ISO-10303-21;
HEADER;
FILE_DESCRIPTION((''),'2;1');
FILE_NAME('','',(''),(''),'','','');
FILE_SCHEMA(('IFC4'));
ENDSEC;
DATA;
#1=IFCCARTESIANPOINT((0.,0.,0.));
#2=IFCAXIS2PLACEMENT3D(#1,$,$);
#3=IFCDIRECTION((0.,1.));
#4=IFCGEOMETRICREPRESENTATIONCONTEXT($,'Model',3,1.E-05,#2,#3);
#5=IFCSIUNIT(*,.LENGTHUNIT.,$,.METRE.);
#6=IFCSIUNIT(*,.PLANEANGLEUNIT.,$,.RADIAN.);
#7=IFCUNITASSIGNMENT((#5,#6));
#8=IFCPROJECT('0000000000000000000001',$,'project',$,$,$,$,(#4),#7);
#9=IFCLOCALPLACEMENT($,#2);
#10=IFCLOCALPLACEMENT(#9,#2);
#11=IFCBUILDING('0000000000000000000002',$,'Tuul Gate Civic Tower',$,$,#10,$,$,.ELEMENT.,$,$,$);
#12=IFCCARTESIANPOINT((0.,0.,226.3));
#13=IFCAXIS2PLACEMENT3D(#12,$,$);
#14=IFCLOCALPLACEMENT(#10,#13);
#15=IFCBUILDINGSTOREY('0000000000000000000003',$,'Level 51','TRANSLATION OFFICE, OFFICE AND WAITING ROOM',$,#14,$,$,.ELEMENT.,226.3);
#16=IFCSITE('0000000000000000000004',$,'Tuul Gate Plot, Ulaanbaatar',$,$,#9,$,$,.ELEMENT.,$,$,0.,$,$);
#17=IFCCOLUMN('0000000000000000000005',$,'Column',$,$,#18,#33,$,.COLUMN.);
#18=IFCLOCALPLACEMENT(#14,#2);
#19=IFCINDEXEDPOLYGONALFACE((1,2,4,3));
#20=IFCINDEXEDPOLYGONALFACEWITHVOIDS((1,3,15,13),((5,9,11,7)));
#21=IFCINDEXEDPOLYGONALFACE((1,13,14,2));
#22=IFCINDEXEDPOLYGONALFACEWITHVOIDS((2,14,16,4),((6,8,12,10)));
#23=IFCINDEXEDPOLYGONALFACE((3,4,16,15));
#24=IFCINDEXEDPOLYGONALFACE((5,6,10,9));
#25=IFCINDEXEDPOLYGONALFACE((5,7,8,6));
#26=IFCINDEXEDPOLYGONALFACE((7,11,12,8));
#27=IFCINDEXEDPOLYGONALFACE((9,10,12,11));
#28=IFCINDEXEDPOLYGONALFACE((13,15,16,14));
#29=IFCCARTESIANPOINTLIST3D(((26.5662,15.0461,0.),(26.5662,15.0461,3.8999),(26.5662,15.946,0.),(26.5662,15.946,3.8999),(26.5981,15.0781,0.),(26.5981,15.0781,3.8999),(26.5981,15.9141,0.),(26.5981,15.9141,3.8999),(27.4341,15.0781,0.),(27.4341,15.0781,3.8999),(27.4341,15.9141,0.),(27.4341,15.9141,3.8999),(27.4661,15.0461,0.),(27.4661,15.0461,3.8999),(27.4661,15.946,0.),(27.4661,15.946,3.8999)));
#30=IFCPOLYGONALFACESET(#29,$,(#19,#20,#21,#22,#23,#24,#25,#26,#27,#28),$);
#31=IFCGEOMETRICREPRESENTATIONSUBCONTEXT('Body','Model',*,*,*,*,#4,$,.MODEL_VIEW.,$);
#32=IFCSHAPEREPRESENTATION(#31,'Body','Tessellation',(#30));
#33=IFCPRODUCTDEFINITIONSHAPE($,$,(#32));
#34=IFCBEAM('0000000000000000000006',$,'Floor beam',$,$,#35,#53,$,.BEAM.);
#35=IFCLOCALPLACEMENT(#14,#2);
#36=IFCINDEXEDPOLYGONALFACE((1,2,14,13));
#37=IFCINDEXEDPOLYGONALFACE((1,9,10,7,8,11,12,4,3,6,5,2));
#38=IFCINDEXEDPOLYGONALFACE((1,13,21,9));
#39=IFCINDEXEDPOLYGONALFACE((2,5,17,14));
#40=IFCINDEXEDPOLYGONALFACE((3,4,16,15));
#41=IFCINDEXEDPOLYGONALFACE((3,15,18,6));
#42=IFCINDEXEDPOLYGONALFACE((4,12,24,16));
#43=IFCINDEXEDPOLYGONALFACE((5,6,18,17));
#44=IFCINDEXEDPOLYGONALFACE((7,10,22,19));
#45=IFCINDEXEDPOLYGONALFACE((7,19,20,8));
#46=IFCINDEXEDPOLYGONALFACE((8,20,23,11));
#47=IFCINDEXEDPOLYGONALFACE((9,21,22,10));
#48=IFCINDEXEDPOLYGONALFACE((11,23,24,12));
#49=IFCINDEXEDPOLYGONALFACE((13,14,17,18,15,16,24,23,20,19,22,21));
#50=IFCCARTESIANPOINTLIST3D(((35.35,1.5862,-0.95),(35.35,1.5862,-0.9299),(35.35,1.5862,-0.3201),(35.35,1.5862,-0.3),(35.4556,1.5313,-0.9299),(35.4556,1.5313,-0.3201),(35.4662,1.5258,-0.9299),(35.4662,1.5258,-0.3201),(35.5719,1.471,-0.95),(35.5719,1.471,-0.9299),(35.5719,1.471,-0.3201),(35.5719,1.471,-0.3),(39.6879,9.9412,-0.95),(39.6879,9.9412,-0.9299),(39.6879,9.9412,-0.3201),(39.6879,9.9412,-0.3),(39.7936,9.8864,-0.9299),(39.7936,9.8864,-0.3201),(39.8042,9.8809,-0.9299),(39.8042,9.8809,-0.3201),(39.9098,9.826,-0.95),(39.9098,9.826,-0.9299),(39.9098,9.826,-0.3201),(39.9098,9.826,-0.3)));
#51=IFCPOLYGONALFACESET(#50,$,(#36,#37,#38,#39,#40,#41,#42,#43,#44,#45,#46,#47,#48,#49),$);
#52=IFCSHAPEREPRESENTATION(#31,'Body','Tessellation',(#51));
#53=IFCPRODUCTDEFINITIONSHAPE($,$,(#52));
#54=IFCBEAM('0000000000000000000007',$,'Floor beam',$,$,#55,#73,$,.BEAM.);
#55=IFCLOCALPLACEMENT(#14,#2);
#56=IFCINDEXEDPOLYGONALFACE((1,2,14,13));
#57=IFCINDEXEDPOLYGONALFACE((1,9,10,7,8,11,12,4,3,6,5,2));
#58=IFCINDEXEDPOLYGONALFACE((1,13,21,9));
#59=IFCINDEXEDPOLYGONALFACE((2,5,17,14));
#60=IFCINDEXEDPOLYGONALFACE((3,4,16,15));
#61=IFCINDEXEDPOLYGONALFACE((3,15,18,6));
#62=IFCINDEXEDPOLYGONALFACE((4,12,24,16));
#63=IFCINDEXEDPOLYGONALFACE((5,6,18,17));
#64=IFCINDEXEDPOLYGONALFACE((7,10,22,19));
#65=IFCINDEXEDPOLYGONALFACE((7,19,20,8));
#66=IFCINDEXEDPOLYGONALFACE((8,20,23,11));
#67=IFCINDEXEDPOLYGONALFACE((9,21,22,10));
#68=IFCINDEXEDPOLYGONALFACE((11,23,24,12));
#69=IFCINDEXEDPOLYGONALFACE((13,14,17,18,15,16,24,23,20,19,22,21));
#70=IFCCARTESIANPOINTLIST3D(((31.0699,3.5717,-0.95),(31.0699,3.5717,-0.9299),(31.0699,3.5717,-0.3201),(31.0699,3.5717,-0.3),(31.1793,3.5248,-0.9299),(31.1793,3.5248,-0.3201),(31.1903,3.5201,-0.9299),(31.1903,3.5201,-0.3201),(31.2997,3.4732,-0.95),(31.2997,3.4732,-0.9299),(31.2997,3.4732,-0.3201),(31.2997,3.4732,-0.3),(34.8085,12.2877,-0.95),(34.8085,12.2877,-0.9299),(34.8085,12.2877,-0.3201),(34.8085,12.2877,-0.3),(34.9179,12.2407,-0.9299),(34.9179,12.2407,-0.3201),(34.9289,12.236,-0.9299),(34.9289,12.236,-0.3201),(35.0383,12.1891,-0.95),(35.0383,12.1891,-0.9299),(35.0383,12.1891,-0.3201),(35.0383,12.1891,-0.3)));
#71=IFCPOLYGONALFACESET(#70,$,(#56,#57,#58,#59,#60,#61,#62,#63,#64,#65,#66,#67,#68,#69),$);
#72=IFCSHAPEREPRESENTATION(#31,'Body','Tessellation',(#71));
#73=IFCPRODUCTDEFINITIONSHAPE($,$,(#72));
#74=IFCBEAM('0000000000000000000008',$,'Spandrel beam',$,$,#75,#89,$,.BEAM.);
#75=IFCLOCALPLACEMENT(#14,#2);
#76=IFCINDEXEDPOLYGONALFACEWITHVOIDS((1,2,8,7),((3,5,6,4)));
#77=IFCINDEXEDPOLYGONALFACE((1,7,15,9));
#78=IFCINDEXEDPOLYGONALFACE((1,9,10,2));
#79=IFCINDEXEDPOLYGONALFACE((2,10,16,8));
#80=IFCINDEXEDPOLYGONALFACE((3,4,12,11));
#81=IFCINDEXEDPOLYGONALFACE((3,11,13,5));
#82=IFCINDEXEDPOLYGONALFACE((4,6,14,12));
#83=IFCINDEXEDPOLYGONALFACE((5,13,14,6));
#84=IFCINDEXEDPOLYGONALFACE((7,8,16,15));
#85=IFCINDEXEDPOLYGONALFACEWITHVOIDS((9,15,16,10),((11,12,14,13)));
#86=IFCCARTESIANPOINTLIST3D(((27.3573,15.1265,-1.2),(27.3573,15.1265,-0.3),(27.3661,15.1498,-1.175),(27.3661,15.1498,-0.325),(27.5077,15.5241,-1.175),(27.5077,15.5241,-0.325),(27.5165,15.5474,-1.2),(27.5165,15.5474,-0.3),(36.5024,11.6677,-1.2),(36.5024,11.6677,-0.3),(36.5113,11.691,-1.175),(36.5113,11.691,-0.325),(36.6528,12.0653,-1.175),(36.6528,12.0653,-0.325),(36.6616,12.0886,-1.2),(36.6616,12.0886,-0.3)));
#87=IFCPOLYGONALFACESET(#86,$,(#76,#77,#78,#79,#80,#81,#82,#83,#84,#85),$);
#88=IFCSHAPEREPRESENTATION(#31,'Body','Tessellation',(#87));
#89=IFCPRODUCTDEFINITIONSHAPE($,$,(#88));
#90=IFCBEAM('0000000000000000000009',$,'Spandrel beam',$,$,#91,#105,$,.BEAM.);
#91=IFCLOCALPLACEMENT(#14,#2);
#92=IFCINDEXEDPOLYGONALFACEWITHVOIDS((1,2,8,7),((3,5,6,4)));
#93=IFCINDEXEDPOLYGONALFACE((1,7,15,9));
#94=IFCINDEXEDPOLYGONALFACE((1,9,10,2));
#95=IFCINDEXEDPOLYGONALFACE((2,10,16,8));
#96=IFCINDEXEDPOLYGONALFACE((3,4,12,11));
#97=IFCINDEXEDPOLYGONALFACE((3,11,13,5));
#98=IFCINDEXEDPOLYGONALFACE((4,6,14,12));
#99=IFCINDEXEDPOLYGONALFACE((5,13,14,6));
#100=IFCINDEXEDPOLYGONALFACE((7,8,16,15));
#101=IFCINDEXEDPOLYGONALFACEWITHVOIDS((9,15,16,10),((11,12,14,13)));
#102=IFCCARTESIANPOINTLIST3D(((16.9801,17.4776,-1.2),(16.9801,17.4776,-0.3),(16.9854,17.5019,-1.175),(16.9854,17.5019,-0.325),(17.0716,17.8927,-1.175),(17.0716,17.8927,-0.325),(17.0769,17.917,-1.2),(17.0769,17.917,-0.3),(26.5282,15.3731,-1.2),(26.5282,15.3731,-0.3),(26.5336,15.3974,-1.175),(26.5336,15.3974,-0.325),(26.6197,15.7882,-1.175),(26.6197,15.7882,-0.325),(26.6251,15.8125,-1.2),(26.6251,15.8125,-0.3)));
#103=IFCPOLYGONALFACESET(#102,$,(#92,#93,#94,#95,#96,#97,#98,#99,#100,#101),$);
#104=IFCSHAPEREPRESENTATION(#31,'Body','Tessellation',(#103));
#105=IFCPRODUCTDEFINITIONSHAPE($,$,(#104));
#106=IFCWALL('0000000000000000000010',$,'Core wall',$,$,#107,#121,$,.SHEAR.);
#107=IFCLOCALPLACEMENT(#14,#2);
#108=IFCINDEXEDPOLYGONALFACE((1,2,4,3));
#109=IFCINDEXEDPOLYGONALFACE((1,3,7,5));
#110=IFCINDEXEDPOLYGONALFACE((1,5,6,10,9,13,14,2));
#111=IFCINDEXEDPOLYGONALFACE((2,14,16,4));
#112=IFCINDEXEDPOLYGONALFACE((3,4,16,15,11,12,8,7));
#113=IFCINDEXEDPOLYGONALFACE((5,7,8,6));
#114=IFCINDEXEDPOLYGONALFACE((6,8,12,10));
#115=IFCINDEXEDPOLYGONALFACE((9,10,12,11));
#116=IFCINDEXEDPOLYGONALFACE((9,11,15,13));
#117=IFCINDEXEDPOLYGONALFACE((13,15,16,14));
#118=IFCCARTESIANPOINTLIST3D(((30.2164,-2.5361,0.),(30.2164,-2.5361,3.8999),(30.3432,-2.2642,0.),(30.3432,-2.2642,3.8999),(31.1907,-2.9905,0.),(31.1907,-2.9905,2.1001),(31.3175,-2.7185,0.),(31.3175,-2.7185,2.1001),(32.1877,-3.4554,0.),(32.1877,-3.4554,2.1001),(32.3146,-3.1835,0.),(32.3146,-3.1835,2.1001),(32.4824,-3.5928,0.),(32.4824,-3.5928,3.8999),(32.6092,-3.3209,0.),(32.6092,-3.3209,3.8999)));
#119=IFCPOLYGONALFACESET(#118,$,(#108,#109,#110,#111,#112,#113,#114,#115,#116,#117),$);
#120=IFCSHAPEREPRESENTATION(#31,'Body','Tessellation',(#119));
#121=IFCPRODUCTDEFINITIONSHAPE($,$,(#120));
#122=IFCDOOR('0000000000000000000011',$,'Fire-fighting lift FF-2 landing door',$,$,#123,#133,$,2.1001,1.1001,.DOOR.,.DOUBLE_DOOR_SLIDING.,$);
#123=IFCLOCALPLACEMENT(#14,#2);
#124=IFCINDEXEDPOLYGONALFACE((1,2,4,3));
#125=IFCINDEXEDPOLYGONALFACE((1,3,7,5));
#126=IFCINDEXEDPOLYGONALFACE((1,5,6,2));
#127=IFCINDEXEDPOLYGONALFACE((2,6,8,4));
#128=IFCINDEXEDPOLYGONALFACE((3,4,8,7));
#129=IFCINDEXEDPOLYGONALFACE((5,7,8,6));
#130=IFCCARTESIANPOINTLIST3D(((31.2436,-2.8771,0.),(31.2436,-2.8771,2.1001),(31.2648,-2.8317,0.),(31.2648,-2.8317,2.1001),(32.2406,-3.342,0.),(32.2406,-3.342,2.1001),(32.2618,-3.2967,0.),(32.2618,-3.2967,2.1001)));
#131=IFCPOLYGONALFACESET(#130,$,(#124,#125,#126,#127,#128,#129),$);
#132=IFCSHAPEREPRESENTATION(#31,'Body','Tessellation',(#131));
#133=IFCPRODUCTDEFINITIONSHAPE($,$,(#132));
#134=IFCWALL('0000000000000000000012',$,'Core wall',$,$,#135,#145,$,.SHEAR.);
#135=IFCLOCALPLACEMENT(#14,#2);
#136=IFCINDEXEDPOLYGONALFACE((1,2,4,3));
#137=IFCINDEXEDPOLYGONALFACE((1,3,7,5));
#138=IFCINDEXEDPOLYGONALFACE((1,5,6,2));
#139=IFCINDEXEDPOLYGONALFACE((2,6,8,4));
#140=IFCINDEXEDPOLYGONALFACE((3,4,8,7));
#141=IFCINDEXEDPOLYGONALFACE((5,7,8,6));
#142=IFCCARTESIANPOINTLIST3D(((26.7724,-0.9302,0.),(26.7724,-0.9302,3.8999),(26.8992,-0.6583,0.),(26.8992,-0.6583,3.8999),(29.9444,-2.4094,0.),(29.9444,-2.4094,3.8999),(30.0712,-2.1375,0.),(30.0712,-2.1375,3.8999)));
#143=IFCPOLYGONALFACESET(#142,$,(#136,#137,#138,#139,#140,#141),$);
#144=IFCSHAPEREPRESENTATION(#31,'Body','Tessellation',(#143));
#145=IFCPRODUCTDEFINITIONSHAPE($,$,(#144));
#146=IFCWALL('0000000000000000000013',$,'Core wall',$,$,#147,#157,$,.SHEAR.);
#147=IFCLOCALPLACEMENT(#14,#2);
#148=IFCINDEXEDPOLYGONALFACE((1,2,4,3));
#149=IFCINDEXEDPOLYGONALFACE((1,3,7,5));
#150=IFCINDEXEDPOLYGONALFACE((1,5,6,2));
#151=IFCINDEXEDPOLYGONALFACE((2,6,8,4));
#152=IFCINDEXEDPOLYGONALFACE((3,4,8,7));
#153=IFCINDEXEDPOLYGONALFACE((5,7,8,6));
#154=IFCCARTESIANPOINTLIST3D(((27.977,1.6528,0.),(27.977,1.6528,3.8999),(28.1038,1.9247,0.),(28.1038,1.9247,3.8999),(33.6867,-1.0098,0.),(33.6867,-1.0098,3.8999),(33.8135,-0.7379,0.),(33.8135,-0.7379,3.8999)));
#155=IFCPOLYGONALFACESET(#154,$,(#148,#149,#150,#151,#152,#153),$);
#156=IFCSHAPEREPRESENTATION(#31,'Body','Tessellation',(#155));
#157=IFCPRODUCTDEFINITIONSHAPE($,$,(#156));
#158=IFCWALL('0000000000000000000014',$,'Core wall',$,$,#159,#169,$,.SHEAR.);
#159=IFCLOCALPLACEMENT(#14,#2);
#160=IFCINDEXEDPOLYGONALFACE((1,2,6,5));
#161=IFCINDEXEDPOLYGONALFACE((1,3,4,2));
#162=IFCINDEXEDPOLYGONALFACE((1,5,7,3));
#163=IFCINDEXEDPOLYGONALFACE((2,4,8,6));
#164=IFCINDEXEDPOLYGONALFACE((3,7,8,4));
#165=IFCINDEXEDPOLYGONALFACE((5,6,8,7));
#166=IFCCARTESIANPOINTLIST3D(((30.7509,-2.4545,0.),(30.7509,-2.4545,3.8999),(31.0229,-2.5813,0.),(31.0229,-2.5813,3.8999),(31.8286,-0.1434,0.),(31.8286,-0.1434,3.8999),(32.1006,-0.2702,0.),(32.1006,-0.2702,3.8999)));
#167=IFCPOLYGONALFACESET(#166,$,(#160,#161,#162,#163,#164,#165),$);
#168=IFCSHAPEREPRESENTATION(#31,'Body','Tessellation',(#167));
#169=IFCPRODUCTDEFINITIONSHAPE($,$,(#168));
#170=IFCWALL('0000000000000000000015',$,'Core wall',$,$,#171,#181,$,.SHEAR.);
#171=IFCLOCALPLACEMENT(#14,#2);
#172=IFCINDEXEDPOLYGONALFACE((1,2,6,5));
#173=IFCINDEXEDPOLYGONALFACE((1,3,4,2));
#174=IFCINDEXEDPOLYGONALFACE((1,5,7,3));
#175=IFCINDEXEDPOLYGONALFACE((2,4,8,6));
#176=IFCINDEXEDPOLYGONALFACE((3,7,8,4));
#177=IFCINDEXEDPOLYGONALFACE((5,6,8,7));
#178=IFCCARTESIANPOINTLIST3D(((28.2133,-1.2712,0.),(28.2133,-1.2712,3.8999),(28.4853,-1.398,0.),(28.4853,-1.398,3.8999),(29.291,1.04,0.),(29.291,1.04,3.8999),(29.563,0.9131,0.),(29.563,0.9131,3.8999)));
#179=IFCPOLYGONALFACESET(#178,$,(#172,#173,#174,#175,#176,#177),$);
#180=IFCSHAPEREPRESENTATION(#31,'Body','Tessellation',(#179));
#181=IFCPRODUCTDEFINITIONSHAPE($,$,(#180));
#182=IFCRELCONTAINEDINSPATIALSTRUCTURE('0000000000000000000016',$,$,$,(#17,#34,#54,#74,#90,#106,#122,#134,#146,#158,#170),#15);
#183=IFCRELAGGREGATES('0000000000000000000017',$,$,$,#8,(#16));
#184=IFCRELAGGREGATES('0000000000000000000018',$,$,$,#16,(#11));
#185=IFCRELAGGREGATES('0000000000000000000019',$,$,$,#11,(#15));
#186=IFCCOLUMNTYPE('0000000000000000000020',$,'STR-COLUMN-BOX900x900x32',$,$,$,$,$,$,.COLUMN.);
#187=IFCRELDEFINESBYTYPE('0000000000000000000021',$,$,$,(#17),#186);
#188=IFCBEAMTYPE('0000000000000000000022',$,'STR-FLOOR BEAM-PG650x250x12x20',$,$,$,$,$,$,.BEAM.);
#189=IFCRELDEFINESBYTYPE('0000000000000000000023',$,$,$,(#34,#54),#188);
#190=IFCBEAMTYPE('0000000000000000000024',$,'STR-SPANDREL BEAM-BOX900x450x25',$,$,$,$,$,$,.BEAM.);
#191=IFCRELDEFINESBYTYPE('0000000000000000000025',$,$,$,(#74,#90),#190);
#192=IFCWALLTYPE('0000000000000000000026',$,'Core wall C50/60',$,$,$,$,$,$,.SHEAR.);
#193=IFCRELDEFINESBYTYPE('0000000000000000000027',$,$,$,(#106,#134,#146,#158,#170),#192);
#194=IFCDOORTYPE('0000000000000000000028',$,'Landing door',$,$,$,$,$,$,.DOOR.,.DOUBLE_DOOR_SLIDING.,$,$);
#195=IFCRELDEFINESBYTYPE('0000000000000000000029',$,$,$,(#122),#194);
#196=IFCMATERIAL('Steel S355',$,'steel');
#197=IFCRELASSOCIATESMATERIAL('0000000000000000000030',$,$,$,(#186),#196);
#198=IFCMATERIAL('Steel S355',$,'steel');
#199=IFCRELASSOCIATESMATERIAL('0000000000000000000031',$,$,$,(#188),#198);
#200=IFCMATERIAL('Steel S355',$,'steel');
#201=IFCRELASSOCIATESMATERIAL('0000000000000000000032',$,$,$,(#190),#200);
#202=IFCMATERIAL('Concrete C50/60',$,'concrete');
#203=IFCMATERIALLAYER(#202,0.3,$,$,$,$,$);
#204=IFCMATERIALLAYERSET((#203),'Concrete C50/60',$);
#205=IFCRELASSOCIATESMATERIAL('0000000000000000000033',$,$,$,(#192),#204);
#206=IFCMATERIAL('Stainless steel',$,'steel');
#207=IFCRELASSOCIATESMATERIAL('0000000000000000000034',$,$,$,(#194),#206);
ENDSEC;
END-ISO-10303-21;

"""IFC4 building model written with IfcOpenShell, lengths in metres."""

from ifc_helpers import new_model, si_unit, direction, frame, frame_2d, origin, origin_2d, place, context, subcontext, project, spatial, rectangle, hollow_rectangle, i_section, extrude, material, layer, layer_set, material_profile, profile_set, type_object, element, fill, save


model = new_model("IFC4")

# Units and contexts
model_context = context("Model", 3, precision=1e-05, world=origin(), true_north=direction((0.0, 1.0)))
body_context = subcontext(model_context, "Body", "Model", "MODEL_VIEW")
ifc_project = project(units=[si_unit("LENGTHUNIT", "METRE"), si_unit("PLANEANGLEUNIT", "RADIAN")], contexts=[model_context])

# Site, building, storey
site_placement = place(None, origin())
site = spatial("IfcSite", under=ifc_project, at=site_placement, Name="Tuul Gate Plot, Ulaanbaatar", CompositionType="ELEMENT", RefElevation=0.0)
building_placement = place(site_placement, origin())
building = spatial("IfcBuilding", under=site, at=building_placement, Name="Tuul Gate Civic Tower", CompositionType="ELEMENT")
storey_placement = place(building_placement, frame((0.0, 0.0, 226.3)))
storey = spatial("IfcBuildingStorey", under=building, at=storey_placement, Name="Level 51", Description="TRANSLATION OFFICE, OFFICE AND WAITING ROOM", CompositionType="ELEMENT", Elevation=226.3)

# Column
ifc_material_1 = material(Name="Steel S355", Category="steel")
ifc_material_profile_1 = material_profile(ifc_material_1, hollow_rectangle(XDim=0.8999, YDim=0.8999, WallThickness=0.032, at=origin_2d()), Name="BOX900x900x32")
ifc_profile_set_1 = profile_set([ifc_material_profile_1], Name="Steel S355")
column_type = type_object("IfcColumnType", Name="STR-COLUMN-BOX900x900x32", PredefinedType="COLUMN", material=ifc_profile_set_1)
column_placement = place(storey_placement, frame((27.0161, 15.4961, 0.0), z_axis=(0.0, 0.0, 1.0), x_axis=(1.0, 0.0, 0.0)))
element("IfcColumn", 1, at=column_placement, inside=storey, type_object=column_type, Name="Column", PredefinedType="COLUMN", context=body_context, shape_type="SweptSolid", body=[
    extrude(hollow_rectangle(XDim=0.8999, YDim=0.8999, WallThickness=0.032, at=origin_2d()), origin(), (0.0, 0.0, 1.0), 3.8999),
])

# Beams
ifc_material_2 = material(Name="Steel S355", Category="steel")
ifc_material_profile_2 = material_profile(ifc_material_2, i_section(OverallWidth=0.25, OverallDepth=0.6499, WebThickness=0.012, FlangeThickness=0.02, at=origin_2d()), Name="PG650x250x12x20")
ifc_profile_set_2 = profile_set([ifc_material_profile_2], Name="Steel S355")
beam_type_1 = type_object("IfcBeamType", Name="STR-FLOOR BEAM-PG650x250x12x20", PredefinedType="BEAM", material=ifc_profile_set_2)
beam_1_placement = place(storey_placement, frame((35.4609, 1.5286, -0.625), z_axis=(0.460792, 0.887508, 0.0), x_axis=(-0.887508, 0.460792, 0.0)))
element("IfcBeam", 2, at=beam_1_placement, inside=storey, type_object=beam_type_1, Name="Floor beam", PredefinedType="BEAM", context=body_context, shape_type="SweptSolid", body=[
    extrude(i_section(OverallWidth=0.25, OverallDepth=0.6499, WebThickness=0.012, FlangeThickness=0.02, at=origin_2d()), origin(), (0.0, 0.0, 1.0), 9.4141),
])
beam_2_placement = place(storey_placement, frame((31.1848, 3.5225, -0.625), z_axis=(0.394202, 0.919024, 0.0), x_axis=(-0.919024, 0.394202, 0.0)))
element("IfcBeam", 3, at=beam_2_placement, inside=storey, type_object=beam_type_1, Name="Floor beam", PredefinedType="BEAM", context=body_context, shape_type="SweptSolid", body=[
    extrude(i_section(OverallWidth=0.25, OverallDepth=0.6499, WebThickness=0.012, FlangeThickness=0.02, at=origin_2d()), origin(), (0.0, 0.0, 1.0), 9.4839),
])
ifc_material_3 = material(Name="Steel S355", Category="steel")
ifc_material_profile_3 = material_profile(ifc_material_3, hollow_rectangle(XDim=0.45, YDim=0.8999, WallThickness=0.0249, at=origin_2d()), Name="BOX900x450x25")
ifc_profile_set_3 = profile_set([ifc_material_profile_3], Name="Steel S355")
beam_type_2 = type_object("IfcBeamType", Name="STR-SPANDREL BEAM-BOX900x450x25", PredefinedType="BEAM", material=ifc_profile_set_3)
for number, where, z_axis, x_axis, name in (
    (4, (36.582, 11.8782, -0.75), (-0.935338, 0.353755, 0.0), (-0.353755, -0.935338, 0.0), "Spandrel beam"),
    (5, (26.5767, 15.5928, -0.75), (-0.97656, 0.215243, 0.0), (-0.215243, -0.97656, 0.0), "Spandrel beam"),
):
    element("IfcBeam", number, at=place(storey_placement, frame(where, z_axis=z_axis, x_axis=x_axis)), inside=storey, type_object=beam_type_2, Name=name, PredefinedType="BEAM", context=body_context, shape_type="SweptSolid", body=[
        extrude(hollow_rectangle(XDim=0.45, YDim=0.8999, WallThickness=0.0249, at=origin_2d()), origin(), (0.0, 0.0, 1.0), 9.7773),
    ])

# Wall, opening, door
ifc_material_4 = material(Name="Concrete C50/60", Category="concrete")
ifc_layer_1 = layer(ifc_material_4, 0.3)
ifc_layer_set_1 = layer_set([ifc_layer_1], Name="Concrete C50/60")
wall_type_1 = type_object("IfcWallType", Name="Core wall C50/60", PredefinedType="SHEAR", material=ifc_layer_set_1)
wall_1_placement = place(storey_placement, frame((32.5457, -3.4568, 0.0), z_axis=(0.0, 0.0, 1.0), x_axis=(-0.9063, 0.422634, 0.0)))
wall_1 = element("IfcWall", 6, at=wall_1_placement, inside=storey, type_object=wall_type_1, Name="Core wall", PredefinedType="SHEAR", context=body_context, shape_type="SweptSolid", body=[
    extrude(rectangle(XDim=2.5002, YDim=0.3, at=frame_2d((1.25, 0.0))), origin(), (0.0, 0.0, 1.0), 3.8999),
])
opening_1_placement = place(wall_1_placement, frame((0.325, 0.0, 0.0)))
opening_1 = element("IfcOpeningElement", 7, at=opening_1_placement, cuts=wall_1, PredefinedType="OPENING", context=body_context, shape_type="SweptSolid", body=[
    extrude(rectangle(XDim=1.1001, YDim=2.1001, at=frame_2d((0.55, 1.05))), frame((0.0, 0.1602, 0.0), z_axis=(0.0, -1.0, 0.0), x_axis=(1.0, 0.0, 0.0)), (0.0, 0.0, 1.0), 0.3201),
])
ifc_material_5 = material(Name="Stainless steel", Category="steel")
door_type_1 = type_object("IfcDoorType", Name="Landing door", OperationType="DOUBLE_DOOR_SLIDING", PredefinedType="DOOR", material=ifc_material_5)
door_1_placement = place(opening_1_placement, origin())
door_1 = element("IfcDoor", 8, at=door_1_placement, inside=storey, type_object=door_type_1, Name="Fire-fighting lift FF-2 landing door", OperationType="DOUBLE_DOOR_SLIDING", OverallHeight=2.1001, OverallWidth=1.1001, PredefinedType="DOOR", context=body_context, shape_type="SweptSolid", body=[
    extrude(rectangle(XDim=1.1001, YDim=2.1001, at=frame_2d((0.55, 1.05))), frame((0.0, 0.0249, 0.0), z_axis=(0.0, -1.0, 0.0), x_axis=(1.0, 0.0, 0.0)), (0.0, 0.0, 1.0), 0.05),
])
fill(opening_1, door_1)

# Walls
wall_2_placement = place(storey_placement, frame((30.0078, -2.2734, 0.0), z_axis=(0.0, 0.0, 1.0), x_axis=(-0.906301, 0.422633, 0.0)))
element("IfcWall", 9, at=wall_2_placement, inside=storey, type_object=wall_type_1, Name="Core wall", PredefinedType="SHEAR", context=body_context, shape_type="SweptSolid", body=[
    extrude(rectangle(XDim=3.5, YDim=0.3, at=frame_2d((1.75, 0.0))), origin(), (0.0, 0.0, 1.0), 3.8999),
])
wall_3_placement = place(storey_placement, frame((33.75, -0.8738, 0.0), z_axis=(0.0, 0.0, 1.0), x_axis=(-0.906301, 0.422633, 0.0)))
element("IfcWall", 10, at=wall_3_placement, inside=storey, type_object=wall_type_1, Name="Core wall", PredefinedType="SHEAR", context=body_context, shape_type="SweptSolid", body=[
    extrude(rectangle(XDim=6.3, YDim=0.3, at=frame_2d((3.1499, 0.0))), origin(), (0.0, 0.0, 1.0), 3.8999),
])
for number, where, z_axis, x_axis, name in (
    (11, (30.887, -2.5178, 0.0), (0.0, 0.0, 1.0), (0.422613, 0.90631, 0.0), "Core wall"),
    (12, (28.3494, -1.3345, 0.0), (0.0, 0.0, 1.0), (0.422613, 0.90631, 0.0), "Core wall"),
):
    element("IfcWall", number, at=place(storey_placement, frame(where, z_axis=z_axis, x_axis=x_axis)), inside=storey, type_object=wall_type_1, Name=name, PredefinedType="SHEAR", context=body_context, shape_type="SweptSolid", body=[
        extrude(rectangle(XDim=2.55, YDim=0.3, at=frame_2d((1.2749, 0.0))), origin(), (0.0, 0.0, 1.0), 3.8999),
    ])

save(model, "model.ifc")
